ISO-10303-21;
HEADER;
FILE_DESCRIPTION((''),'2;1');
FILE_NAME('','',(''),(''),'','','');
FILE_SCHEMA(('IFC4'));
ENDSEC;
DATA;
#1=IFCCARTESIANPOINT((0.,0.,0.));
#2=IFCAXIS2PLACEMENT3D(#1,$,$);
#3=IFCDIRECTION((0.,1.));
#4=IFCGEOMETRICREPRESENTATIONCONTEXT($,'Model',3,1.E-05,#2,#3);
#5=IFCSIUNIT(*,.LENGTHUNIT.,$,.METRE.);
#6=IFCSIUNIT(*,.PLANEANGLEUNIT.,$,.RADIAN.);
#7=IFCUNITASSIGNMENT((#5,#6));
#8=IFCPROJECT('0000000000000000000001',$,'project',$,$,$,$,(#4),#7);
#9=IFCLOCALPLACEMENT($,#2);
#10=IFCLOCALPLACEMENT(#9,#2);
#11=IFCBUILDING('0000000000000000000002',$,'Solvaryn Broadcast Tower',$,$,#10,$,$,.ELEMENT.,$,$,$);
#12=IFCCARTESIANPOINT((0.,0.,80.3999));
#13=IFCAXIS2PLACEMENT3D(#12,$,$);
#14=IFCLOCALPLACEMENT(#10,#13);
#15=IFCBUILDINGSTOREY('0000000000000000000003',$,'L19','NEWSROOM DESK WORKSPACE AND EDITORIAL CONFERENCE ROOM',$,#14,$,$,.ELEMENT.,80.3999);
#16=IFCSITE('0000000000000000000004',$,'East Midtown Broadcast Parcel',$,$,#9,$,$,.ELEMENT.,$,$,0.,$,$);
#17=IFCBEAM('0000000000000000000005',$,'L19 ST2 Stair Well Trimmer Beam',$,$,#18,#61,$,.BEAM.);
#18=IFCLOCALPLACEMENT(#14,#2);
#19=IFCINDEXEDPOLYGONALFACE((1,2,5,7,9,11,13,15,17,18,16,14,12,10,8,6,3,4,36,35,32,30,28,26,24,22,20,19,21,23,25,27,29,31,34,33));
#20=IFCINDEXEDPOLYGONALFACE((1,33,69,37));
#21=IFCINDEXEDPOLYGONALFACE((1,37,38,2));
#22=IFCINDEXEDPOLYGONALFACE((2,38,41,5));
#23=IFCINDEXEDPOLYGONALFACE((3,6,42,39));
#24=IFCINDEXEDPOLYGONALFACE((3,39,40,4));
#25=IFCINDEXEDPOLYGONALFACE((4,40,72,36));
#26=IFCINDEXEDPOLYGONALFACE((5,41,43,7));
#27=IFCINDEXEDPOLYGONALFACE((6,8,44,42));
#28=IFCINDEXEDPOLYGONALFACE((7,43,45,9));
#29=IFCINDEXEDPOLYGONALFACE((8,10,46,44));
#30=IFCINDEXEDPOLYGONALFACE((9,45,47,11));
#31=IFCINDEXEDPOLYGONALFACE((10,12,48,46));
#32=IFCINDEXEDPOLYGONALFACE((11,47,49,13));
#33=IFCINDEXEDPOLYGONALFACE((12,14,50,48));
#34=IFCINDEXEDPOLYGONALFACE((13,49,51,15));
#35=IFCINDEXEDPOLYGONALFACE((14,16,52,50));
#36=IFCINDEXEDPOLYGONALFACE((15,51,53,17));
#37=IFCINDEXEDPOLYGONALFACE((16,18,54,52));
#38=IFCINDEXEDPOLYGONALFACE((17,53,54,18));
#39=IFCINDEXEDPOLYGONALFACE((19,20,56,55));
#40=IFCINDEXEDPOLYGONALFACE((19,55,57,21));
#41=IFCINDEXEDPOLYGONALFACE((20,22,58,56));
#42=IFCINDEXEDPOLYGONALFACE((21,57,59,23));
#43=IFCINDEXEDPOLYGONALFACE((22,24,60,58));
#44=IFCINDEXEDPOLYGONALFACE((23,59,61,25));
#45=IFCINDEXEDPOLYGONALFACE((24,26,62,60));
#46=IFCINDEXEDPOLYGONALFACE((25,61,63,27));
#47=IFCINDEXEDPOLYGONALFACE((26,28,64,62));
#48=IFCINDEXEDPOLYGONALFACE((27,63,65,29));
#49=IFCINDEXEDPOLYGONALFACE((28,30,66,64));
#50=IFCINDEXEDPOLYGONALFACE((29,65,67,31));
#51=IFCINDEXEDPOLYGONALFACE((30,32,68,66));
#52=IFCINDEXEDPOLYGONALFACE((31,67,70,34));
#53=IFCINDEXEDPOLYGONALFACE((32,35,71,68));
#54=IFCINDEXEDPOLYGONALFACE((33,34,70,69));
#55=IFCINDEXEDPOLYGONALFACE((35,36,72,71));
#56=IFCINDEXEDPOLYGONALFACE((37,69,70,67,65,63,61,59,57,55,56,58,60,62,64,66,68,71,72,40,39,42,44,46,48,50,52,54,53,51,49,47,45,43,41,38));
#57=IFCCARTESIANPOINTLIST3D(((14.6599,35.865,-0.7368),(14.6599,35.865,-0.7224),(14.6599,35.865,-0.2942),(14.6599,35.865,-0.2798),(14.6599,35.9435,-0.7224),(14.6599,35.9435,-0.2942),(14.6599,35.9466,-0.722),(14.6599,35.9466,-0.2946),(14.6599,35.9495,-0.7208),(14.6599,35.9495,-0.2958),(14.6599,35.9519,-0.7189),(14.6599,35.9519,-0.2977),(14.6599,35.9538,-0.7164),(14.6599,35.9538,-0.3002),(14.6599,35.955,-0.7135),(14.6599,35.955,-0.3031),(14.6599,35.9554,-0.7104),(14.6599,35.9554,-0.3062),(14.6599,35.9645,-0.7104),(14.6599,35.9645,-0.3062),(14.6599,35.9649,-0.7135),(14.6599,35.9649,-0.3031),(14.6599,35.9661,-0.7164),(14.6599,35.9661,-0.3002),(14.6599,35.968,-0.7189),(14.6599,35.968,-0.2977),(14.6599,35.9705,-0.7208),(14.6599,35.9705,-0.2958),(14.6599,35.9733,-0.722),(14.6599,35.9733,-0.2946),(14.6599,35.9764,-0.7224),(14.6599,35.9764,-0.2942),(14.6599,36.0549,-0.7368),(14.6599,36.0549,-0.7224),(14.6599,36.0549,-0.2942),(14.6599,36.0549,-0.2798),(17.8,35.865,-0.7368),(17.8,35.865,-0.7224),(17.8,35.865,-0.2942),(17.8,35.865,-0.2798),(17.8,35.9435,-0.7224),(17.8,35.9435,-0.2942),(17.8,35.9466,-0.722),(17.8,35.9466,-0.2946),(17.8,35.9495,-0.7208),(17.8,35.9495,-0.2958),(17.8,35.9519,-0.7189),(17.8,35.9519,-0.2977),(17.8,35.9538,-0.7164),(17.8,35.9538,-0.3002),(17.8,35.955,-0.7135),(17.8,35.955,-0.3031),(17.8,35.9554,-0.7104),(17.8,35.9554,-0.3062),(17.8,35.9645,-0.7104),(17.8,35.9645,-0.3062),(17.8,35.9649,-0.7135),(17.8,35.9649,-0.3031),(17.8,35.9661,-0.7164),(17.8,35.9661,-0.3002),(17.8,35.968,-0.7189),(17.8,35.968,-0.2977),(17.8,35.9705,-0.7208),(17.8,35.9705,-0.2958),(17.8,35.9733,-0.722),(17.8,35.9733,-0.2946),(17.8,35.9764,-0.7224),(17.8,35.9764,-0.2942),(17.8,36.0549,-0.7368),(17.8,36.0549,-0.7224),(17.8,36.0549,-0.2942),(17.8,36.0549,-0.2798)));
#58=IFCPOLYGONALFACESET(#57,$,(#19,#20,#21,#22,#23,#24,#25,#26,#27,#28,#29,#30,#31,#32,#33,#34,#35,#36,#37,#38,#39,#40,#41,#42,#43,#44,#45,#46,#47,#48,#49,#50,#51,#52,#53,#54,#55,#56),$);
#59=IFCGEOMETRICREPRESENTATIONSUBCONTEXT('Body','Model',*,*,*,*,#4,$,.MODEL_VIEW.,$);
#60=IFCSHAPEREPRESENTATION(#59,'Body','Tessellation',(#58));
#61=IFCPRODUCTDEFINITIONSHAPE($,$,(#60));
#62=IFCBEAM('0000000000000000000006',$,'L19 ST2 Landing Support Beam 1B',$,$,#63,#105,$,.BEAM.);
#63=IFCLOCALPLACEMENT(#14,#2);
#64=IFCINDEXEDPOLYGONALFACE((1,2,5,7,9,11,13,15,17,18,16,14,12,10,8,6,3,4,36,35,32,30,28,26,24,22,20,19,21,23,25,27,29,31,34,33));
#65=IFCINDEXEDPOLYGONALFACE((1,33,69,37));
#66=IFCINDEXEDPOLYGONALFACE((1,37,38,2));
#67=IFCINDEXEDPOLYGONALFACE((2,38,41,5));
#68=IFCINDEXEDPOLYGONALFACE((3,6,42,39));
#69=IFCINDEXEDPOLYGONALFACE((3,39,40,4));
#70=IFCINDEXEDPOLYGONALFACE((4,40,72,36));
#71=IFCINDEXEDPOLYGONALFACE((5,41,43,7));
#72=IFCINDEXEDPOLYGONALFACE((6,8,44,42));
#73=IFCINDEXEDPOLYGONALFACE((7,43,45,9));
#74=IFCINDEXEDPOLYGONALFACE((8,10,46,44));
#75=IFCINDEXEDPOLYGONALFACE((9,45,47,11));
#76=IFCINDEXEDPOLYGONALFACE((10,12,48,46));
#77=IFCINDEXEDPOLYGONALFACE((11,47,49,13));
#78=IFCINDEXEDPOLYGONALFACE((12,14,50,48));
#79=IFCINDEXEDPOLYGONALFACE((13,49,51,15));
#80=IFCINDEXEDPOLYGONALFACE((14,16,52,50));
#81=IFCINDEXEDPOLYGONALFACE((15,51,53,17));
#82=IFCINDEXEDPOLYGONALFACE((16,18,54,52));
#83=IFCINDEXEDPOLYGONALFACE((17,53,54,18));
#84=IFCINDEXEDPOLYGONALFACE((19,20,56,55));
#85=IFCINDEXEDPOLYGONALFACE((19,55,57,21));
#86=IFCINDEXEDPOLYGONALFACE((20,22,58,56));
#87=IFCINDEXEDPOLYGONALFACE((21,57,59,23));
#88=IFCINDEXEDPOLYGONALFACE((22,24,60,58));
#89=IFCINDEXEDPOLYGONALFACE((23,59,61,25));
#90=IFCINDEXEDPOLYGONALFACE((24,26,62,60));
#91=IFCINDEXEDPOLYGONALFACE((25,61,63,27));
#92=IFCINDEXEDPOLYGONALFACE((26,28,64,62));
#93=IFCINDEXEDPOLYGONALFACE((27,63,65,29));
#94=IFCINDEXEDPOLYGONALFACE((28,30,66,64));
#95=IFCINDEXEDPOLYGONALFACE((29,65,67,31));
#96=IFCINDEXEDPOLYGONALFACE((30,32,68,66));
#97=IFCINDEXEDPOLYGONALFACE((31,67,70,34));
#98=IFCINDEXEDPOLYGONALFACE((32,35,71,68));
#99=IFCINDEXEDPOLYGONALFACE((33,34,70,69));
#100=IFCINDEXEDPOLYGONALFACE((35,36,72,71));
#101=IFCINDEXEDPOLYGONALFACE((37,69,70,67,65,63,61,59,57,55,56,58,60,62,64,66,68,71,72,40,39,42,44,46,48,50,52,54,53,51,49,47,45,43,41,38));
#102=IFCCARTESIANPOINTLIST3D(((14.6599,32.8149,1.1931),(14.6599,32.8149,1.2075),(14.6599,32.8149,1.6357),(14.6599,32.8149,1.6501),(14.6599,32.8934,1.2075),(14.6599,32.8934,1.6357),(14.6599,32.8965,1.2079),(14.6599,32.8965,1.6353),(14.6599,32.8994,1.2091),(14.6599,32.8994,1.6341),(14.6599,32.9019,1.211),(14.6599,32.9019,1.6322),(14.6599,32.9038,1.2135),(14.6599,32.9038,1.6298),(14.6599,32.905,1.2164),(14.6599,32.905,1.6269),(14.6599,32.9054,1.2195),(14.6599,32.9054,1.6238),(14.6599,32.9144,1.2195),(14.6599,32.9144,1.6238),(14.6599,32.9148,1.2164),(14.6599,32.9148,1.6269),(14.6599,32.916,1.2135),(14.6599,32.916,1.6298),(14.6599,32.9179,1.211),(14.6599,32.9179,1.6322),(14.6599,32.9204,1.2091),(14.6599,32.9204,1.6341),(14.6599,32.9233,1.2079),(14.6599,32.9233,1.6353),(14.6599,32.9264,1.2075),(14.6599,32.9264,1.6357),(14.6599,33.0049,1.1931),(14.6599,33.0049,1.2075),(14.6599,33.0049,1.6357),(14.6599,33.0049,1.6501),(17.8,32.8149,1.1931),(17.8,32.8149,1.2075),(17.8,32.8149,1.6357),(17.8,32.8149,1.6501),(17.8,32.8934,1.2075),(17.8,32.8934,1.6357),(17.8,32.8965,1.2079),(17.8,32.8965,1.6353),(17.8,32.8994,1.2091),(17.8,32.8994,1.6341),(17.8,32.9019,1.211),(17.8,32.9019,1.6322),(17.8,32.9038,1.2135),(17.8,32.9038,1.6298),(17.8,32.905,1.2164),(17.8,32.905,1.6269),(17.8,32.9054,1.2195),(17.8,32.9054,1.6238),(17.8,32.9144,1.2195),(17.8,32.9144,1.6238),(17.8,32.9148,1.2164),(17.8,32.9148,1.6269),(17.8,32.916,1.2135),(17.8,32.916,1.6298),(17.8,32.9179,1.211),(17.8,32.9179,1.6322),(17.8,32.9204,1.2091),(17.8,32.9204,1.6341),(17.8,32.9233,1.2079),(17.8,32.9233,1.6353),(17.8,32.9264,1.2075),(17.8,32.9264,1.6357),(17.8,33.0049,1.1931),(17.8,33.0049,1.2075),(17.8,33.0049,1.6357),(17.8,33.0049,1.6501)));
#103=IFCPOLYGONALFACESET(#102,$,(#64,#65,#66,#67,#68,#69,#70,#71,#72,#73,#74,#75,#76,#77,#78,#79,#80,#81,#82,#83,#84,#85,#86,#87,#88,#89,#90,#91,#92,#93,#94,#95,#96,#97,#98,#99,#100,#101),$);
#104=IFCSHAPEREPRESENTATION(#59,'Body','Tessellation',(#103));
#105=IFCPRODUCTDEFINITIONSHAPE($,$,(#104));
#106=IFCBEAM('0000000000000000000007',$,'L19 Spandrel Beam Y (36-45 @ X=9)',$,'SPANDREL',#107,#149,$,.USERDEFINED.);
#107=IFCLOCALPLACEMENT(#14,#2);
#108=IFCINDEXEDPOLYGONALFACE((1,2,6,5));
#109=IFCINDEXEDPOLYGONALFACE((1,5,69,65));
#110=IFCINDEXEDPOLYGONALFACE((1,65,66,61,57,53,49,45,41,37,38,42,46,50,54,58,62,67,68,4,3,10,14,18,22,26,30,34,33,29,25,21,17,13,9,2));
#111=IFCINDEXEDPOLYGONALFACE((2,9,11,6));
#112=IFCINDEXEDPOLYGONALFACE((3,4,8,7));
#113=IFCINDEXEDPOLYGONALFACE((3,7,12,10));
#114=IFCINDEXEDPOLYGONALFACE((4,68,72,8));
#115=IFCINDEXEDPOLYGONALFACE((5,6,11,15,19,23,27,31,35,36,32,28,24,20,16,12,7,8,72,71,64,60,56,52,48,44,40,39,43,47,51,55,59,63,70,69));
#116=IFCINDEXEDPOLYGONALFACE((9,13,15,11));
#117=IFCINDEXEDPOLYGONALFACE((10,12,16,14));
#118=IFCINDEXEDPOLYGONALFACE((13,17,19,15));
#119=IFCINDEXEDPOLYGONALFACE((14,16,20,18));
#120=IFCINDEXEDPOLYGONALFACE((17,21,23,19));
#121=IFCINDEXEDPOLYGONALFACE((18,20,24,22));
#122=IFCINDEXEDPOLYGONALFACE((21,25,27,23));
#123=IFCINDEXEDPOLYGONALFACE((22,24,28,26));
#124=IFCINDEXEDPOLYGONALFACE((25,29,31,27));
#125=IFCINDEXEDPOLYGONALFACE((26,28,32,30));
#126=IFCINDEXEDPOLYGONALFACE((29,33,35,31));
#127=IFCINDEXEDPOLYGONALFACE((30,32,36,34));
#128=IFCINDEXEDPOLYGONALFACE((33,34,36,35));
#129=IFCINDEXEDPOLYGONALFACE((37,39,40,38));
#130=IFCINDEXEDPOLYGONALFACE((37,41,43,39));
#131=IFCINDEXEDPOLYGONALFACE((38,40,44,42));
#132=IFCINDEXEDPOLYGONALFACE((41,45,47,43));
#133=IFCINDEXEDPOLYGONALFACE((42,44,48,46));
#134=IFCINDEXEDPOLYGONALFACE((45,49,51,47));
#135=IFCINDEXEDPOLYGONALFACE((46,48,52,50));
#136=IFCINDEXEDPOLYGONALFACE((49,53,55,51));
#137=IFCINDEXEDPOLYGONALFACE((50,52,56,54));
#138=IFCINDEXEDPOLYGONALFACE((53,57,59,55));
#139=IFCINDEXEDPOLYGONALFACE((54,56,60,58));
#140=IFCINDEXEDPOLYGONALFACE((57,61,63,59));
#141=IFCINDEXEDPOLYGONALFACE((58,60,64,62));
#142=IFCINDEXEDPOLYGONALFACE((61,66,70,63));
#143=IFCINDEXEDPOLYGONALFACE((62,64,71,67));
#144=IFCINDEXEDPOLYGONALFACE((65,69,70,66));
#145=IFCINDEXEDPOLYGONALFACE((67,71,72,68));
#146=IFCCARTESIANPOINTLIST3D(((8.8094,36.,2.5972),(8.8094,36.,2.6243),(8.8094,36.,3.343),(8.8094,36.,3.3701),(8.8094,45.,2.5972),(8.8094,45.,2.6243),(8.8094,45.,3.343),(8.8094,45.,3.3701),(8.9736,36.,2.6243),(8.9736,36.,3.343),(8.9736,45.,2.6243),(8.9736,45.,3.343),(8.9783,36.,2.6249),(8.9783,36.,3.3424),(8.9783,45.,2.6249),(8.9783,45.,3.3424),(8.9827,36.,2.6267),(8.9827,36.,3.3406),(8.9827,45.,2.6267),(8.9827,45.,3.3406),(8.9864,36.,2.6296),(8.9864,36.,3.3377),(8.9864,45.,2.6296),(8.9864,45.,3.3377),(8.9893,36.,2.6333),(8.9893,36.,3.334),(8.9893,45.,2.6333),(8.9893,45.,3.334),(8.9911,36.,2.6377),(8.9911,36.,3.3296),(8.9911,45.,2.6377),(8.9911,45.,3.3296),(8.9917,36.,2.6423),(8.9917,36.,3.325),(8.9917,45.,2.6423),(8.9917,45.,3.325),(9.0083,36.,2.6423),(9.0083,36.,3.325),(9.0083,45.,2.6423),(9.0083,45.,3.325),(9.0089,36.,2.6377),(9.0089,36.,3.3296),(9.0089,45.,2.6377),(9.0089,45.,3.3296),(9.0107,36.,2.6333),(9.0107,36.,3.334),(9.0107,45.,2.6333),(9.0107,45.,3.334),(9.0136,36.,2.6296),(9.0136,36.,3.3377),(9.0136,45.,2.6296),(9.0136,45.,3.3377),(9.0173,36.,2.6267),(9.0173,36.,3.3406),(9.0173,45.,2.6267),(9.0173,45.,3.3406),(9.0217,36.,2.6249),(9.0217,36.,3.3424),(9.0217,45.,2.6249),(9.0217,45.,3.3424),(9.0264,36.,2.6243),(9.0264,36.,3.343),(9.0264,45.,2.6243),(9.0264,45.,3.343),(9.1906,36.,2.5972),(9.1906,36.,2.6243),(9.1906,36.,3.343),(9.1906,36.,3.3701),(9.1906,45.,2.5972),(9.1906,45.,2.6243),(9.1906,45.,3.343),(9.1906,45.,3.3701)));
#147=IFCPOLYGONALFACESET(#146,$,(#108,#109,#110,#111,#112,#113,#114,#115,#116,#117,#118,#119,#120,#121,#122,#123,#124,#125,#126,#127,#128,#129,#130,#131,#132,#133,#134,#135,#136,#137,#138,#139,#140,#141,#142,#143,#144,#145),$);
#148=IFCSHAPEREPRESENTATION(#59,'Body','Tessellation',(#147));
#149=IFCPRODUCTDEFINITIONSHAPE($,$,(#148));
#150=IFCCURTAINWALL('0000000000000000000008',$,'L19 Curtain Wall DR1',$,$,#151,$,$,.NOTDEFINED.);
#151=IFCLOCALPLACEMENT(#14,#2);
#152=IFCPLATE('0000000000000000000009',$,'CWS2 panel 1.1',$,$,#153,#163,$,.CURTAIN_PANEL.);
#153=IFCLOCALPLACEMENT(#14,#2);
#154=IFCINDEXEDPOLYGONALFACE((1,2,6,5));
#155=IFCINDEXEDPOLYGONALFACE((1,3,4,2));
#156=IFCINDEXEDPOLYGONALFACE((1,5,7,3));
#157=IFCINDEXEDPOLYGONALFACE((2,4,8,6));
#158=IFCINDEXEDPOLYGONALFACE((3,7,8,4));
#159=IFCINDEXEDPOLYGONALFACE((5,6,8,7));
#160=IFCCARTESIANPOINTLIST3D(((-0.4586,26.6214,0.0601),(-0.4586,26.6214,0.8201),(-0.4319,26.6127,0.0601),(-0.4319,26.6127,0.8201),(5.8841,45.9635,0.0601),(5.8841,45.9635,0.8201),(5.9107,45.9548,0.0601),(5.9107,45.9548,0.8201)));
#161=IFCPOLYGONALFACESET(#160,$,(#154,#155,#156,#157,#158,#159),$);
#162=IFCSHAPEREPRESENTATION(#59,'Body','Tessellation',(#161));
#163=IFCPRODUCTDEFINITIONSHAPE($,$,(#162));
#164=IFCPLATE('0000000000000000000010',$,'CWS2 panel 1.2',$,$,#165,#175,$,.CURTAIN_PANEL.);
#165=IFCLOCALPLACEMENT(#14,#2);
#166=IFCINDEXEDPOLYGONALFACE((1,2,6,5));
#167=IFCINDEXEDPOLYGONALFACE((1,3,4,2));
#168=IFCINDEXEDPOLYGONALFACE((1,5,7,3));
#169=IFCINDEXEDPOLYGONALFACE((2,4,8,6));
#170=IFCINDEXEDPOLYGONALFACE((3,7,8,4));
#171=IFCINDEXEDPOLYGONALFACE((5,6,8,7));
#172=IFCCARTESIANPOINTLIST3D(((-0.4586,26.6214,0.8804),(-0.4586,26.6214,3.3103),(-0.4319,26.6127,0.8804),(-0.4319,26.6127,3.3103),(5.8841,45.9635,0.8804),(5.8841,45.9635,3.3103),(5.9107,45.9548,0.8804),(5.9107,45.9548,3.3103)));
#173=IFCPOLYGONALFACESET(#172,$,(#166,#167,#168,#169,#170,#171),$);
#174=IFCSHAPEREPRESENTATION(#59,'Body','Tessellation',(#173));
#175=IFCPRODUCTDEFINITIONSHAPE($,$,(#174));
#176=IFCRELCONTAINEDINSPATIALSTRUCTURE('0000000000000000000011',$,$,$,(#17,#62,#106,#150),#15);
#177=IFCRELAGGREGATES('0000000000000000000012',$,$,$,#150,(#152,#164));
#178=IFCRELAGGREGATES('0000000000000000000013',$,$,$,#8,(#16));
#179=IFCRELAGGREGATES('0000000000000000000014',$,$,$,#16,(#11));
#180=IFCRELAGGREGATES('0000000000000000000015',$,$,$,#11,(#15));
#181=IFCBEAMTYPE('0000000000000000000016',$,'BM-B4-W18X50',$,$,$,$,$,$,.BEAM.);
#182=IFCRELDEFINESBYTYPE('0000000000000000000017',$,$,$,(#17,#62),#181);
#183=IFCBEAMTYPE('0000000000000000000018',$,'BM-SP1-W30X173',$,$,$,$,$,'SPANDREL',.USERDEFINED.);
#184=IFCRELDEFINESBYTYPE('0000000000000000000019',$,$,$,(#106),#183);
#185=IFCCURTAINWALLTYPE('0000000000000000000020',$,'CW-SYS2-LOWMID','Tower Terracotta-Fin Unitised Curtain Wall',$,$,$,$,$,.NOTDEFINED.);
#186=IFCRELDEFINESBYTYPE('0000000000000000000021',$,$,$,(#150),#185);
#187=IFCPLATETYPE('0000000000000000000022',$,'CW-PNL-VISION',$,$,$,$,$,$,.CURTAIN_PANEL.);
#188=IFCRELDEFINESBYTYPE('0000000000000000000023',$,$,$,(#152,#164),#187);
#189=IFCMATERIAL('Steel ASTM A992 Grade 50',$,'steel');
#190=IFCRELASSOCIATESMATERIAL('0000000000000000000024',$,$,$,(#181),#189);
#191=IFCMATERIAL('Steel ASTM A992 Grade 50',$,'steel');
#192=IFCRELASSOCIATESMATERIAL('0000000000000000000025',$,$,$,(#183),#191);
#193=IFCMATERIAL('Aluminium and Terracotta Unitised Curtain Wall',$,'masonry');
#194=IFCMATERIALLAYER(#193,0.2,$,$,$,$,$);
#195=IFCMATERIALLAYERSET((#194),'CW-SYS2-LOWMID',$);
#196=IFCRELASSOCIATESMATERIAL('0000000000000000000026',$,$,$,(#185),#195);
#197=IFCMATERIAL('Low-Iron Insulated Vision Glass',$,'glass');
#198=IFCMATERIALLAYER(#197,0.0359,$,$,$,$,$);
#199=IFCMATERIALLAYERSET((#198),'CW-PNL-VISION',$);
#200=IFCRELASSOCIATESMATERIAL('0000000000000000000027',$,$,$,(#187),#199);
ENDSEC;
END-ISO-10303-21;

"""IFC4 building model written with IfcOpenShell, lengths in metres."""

from ifc_helpers import new_model, si_unit, direction, frame, origin, origin_2d, place, context, subcontext, project, spatial, rectangle, i_section, extrude, material, layer, layer_set, material_profile, profile_set, type_object, element, aggregate, save


model = new_model("IFC4")

# Units and contexts
model_context = context("Model", 3, precision=1e-05, world=origin(), true_north=direction((0.0, 1.0)))
body_context = subcontext(model_context, "Body", "Model", "MODEL_VIEW")
ifc_project = project(units=[si_unit("LENGTHUNIT", "METRE"), si_unit("PLANEANGLEUNIT", "RADIAN")], contexts=[model_context])

# Site, building, storey
site_placement = place(None, origin())
site = spatial("IfcSite", under=ifc_project, at=site_placement, Name="East Midtown Broadcast Parcel", CompositionType="ELEMENT", RefElevation=0.0)
building_placement = place(site_placement, origin())
building = spatial("IfcBuilding", under=site, at=building_placement, Name="Solvaryn Broadcast Tower", CompositionType="ELEMENT")
storey_placement = place(building_placement, frame((0.0, 0.0, 80.3999)))
storey = spatial("IfcBuildingStorey", under=building, at=storey_placement, Name="L19", Description="NEWSROOM DESK WORKSPACE AND EDITORIAL CONFERENCE ROOM", CompositionType="ELEMENT", Elevation=80.3999)

# Beams
ifc_material_1 = material(Name="Steel ASTM A992 Grade 50", Category="steel")
ifc_material_profile_1 = material_profile(ifc_material_1, i_section(OverallWidth=0.1899, OverallDepth=0.457, WebThickness=0.009, FlangeThickness=0.0144, FilletRadius=0.012, at=origin_2d()))
ifc_profile_set_1 = profile_set([ifc_material_profile_1], Name="Steel ASTM A992 Grade 50")
beam_type_1 = type_object("IfcBeamType", Name="BM-B4-W18X50", PredefinedType="BEAM", material=ifc_profile_set_1)
for number, where, z_axis, x_axis, name in (
    (1, (14.6599, 35.96, -0.5083), (1.0, 0.0, 0.0), (0.0, 1.0, 0.0), "L19 ST2 Stair Well Trimmer Beam"),
    (2, (14.6599, 32.9099, 1.4216), (1.0, 0.0, 0.0), (0.0, 1.0, 0.0), "L19 ST2 Landing Support Beam 1B"),
):
    element("IfcBeam", number, at=place(storey_placement, frame(where, z_axis=z_axis, x_axis=x_axis)), inside=storey, type_object=beam_type_1, Name=name, PredefinedType="BEAM", context=body_context, shape_type="SweptSolid", body=[
        extrude(i_section(OverallWidth=0.1899, OverallDepth=0.457, WebThickness=0.009, FlangeThickness=0.0144, FilletRadius=0.012, at=origin_2d()), origin(), (0.0, 0.0, 1.0), 3.1401),
    ])
ifc_material_2 = material(Name="Steel ASTM A992 Grade 50", Category="steel")
ifc_material_profile_2 = material_profile(ifc_material_2, i_section(OverallWidth=0.3811, OverallDepth=0.7729, WebThickness=0.0166, FlangeThickness=0.0271, FilletRadius=0.0181, at=origin_2d()))
ifc_profile_set_2 = profile_set([ifc_material_profile_2], Name="Steel ASTM A992 Grade 50")
beam_type_2 = type_object("IfcBeamType", Name="BM-SP1-W30X173", ElementType="SPANDREL", PredefinedType="USERDEFINED", material=ifc_profile_set_2)
beam_1_placement = place(storey_placement, frame((9.0, 36.0, 2.9836), z_axis=(0.0, 1.0, 0.0), x_axis=(-1.0, 0.0, 0.0)))
element("IfcBeam", 3, at=beam_1_placement, inside=storey, type_object=beam_type_2, Name="L19 Spandrel Beam Y (36-45 @ X=9)", ObjectType="SPANDREL", PredefinedType="USERDEFINED", context=body_context, shape_type="SweptSolid", body=[
    extrude(i_section(OverallWidth=0.3811, OverallDepth=0.7729, WebThickness=0.0166, FlangeThickness=0.0271, FilletRadius=0.0181, at=origin_2d()), origin(), (0.0, 0.0, 1.0), 9.0),
])

# Curtain wall, plates
ifc_material_3 = material(Name="Aluminium and Terracotta Unitised Curtain Wall", Category="masonry")
ifc_layer_1 = layer(ifc_material_3, 0.2)
ifc_layer_set_1 = layer_set([ifc_layer_1], Name="CW-SYS2-LOWMID")
curtain_wall_type = type_object("IfcCurtainWallType", Name="CW-SYS2-LOWMID", Description="Tower Terracotta-Fin Unitised Curtain Wall", PredefinedType="NOTDEFINED", material=ifc_layer_set_1)
curtain_wall_placement = place(storey_placement, origin())
curtain_wall = element("IfcCurtainWall", 4, at=curtain_wall_placement, inside=storey, type_object=curtain_wall_type, Name="L19 Curtain Wall DR1", PredefinedType="NOTDEFINED")
ifc_material_4 = material(Name="Low-Iron Insulated Vision Glass", Category="glass")
ifc_layer_2 = layer(ifc_material_4, 0.0359)
ifc_layer_set_2 = layer_set([ifc_layer_2], Name="CW-PNL-VISION")
plate_type = type_object("IfcPlateType", Name="CW-PNL-VISION", PredefinedType="CURTAIN_PANEL", material=ifc_layer_set_2)
plate_1_placement = place(storey_placement, frame((2.7261, 36.2881, 0.0601), z_axis=(0.0, 0.0, 1.0), x_axis=(-0.311594, -0.950215, 0.0)))
plate_1 = element("IfcPlate", 5, at=plate_1_placement, type_object=plate_type, Name="CWS2 panel 1.1", PredefinedType="CURTAIN_PANEL", context=body_context, shape_type="SweptSolid", body=[
    extrude(rectangle(XDim=20.3555, YDim=0.0281, at=origin_2d()), origin(), (0.0, 0.0, 1.0), 0.76),
])
plate_2_placement = place(storey_placement, frame((2.7261, 36.2881, 0.8804), z_axis=(0.0, 0.0, 1.0), x_axis=(-0.311594, -0.950215, 0.0)))
plate_2 = element("IfcPlate", 6, at=plate_2_placement, type_object=plate_type, Name="CWS2 panel 1.2", PredefinedType="CURTAIN_PANEL", context=body_context, shape_type="SweptSolid", body=[
    extrude(rectangle(XDim=20.3555, YDim=0.0281, at=origin_2d()), origin(), (0.0, 0.0, 1.0), 2.4299),
])
aggregate(curtain_wall, [plate_1, plate_2])

save(model, "model.ifc")
